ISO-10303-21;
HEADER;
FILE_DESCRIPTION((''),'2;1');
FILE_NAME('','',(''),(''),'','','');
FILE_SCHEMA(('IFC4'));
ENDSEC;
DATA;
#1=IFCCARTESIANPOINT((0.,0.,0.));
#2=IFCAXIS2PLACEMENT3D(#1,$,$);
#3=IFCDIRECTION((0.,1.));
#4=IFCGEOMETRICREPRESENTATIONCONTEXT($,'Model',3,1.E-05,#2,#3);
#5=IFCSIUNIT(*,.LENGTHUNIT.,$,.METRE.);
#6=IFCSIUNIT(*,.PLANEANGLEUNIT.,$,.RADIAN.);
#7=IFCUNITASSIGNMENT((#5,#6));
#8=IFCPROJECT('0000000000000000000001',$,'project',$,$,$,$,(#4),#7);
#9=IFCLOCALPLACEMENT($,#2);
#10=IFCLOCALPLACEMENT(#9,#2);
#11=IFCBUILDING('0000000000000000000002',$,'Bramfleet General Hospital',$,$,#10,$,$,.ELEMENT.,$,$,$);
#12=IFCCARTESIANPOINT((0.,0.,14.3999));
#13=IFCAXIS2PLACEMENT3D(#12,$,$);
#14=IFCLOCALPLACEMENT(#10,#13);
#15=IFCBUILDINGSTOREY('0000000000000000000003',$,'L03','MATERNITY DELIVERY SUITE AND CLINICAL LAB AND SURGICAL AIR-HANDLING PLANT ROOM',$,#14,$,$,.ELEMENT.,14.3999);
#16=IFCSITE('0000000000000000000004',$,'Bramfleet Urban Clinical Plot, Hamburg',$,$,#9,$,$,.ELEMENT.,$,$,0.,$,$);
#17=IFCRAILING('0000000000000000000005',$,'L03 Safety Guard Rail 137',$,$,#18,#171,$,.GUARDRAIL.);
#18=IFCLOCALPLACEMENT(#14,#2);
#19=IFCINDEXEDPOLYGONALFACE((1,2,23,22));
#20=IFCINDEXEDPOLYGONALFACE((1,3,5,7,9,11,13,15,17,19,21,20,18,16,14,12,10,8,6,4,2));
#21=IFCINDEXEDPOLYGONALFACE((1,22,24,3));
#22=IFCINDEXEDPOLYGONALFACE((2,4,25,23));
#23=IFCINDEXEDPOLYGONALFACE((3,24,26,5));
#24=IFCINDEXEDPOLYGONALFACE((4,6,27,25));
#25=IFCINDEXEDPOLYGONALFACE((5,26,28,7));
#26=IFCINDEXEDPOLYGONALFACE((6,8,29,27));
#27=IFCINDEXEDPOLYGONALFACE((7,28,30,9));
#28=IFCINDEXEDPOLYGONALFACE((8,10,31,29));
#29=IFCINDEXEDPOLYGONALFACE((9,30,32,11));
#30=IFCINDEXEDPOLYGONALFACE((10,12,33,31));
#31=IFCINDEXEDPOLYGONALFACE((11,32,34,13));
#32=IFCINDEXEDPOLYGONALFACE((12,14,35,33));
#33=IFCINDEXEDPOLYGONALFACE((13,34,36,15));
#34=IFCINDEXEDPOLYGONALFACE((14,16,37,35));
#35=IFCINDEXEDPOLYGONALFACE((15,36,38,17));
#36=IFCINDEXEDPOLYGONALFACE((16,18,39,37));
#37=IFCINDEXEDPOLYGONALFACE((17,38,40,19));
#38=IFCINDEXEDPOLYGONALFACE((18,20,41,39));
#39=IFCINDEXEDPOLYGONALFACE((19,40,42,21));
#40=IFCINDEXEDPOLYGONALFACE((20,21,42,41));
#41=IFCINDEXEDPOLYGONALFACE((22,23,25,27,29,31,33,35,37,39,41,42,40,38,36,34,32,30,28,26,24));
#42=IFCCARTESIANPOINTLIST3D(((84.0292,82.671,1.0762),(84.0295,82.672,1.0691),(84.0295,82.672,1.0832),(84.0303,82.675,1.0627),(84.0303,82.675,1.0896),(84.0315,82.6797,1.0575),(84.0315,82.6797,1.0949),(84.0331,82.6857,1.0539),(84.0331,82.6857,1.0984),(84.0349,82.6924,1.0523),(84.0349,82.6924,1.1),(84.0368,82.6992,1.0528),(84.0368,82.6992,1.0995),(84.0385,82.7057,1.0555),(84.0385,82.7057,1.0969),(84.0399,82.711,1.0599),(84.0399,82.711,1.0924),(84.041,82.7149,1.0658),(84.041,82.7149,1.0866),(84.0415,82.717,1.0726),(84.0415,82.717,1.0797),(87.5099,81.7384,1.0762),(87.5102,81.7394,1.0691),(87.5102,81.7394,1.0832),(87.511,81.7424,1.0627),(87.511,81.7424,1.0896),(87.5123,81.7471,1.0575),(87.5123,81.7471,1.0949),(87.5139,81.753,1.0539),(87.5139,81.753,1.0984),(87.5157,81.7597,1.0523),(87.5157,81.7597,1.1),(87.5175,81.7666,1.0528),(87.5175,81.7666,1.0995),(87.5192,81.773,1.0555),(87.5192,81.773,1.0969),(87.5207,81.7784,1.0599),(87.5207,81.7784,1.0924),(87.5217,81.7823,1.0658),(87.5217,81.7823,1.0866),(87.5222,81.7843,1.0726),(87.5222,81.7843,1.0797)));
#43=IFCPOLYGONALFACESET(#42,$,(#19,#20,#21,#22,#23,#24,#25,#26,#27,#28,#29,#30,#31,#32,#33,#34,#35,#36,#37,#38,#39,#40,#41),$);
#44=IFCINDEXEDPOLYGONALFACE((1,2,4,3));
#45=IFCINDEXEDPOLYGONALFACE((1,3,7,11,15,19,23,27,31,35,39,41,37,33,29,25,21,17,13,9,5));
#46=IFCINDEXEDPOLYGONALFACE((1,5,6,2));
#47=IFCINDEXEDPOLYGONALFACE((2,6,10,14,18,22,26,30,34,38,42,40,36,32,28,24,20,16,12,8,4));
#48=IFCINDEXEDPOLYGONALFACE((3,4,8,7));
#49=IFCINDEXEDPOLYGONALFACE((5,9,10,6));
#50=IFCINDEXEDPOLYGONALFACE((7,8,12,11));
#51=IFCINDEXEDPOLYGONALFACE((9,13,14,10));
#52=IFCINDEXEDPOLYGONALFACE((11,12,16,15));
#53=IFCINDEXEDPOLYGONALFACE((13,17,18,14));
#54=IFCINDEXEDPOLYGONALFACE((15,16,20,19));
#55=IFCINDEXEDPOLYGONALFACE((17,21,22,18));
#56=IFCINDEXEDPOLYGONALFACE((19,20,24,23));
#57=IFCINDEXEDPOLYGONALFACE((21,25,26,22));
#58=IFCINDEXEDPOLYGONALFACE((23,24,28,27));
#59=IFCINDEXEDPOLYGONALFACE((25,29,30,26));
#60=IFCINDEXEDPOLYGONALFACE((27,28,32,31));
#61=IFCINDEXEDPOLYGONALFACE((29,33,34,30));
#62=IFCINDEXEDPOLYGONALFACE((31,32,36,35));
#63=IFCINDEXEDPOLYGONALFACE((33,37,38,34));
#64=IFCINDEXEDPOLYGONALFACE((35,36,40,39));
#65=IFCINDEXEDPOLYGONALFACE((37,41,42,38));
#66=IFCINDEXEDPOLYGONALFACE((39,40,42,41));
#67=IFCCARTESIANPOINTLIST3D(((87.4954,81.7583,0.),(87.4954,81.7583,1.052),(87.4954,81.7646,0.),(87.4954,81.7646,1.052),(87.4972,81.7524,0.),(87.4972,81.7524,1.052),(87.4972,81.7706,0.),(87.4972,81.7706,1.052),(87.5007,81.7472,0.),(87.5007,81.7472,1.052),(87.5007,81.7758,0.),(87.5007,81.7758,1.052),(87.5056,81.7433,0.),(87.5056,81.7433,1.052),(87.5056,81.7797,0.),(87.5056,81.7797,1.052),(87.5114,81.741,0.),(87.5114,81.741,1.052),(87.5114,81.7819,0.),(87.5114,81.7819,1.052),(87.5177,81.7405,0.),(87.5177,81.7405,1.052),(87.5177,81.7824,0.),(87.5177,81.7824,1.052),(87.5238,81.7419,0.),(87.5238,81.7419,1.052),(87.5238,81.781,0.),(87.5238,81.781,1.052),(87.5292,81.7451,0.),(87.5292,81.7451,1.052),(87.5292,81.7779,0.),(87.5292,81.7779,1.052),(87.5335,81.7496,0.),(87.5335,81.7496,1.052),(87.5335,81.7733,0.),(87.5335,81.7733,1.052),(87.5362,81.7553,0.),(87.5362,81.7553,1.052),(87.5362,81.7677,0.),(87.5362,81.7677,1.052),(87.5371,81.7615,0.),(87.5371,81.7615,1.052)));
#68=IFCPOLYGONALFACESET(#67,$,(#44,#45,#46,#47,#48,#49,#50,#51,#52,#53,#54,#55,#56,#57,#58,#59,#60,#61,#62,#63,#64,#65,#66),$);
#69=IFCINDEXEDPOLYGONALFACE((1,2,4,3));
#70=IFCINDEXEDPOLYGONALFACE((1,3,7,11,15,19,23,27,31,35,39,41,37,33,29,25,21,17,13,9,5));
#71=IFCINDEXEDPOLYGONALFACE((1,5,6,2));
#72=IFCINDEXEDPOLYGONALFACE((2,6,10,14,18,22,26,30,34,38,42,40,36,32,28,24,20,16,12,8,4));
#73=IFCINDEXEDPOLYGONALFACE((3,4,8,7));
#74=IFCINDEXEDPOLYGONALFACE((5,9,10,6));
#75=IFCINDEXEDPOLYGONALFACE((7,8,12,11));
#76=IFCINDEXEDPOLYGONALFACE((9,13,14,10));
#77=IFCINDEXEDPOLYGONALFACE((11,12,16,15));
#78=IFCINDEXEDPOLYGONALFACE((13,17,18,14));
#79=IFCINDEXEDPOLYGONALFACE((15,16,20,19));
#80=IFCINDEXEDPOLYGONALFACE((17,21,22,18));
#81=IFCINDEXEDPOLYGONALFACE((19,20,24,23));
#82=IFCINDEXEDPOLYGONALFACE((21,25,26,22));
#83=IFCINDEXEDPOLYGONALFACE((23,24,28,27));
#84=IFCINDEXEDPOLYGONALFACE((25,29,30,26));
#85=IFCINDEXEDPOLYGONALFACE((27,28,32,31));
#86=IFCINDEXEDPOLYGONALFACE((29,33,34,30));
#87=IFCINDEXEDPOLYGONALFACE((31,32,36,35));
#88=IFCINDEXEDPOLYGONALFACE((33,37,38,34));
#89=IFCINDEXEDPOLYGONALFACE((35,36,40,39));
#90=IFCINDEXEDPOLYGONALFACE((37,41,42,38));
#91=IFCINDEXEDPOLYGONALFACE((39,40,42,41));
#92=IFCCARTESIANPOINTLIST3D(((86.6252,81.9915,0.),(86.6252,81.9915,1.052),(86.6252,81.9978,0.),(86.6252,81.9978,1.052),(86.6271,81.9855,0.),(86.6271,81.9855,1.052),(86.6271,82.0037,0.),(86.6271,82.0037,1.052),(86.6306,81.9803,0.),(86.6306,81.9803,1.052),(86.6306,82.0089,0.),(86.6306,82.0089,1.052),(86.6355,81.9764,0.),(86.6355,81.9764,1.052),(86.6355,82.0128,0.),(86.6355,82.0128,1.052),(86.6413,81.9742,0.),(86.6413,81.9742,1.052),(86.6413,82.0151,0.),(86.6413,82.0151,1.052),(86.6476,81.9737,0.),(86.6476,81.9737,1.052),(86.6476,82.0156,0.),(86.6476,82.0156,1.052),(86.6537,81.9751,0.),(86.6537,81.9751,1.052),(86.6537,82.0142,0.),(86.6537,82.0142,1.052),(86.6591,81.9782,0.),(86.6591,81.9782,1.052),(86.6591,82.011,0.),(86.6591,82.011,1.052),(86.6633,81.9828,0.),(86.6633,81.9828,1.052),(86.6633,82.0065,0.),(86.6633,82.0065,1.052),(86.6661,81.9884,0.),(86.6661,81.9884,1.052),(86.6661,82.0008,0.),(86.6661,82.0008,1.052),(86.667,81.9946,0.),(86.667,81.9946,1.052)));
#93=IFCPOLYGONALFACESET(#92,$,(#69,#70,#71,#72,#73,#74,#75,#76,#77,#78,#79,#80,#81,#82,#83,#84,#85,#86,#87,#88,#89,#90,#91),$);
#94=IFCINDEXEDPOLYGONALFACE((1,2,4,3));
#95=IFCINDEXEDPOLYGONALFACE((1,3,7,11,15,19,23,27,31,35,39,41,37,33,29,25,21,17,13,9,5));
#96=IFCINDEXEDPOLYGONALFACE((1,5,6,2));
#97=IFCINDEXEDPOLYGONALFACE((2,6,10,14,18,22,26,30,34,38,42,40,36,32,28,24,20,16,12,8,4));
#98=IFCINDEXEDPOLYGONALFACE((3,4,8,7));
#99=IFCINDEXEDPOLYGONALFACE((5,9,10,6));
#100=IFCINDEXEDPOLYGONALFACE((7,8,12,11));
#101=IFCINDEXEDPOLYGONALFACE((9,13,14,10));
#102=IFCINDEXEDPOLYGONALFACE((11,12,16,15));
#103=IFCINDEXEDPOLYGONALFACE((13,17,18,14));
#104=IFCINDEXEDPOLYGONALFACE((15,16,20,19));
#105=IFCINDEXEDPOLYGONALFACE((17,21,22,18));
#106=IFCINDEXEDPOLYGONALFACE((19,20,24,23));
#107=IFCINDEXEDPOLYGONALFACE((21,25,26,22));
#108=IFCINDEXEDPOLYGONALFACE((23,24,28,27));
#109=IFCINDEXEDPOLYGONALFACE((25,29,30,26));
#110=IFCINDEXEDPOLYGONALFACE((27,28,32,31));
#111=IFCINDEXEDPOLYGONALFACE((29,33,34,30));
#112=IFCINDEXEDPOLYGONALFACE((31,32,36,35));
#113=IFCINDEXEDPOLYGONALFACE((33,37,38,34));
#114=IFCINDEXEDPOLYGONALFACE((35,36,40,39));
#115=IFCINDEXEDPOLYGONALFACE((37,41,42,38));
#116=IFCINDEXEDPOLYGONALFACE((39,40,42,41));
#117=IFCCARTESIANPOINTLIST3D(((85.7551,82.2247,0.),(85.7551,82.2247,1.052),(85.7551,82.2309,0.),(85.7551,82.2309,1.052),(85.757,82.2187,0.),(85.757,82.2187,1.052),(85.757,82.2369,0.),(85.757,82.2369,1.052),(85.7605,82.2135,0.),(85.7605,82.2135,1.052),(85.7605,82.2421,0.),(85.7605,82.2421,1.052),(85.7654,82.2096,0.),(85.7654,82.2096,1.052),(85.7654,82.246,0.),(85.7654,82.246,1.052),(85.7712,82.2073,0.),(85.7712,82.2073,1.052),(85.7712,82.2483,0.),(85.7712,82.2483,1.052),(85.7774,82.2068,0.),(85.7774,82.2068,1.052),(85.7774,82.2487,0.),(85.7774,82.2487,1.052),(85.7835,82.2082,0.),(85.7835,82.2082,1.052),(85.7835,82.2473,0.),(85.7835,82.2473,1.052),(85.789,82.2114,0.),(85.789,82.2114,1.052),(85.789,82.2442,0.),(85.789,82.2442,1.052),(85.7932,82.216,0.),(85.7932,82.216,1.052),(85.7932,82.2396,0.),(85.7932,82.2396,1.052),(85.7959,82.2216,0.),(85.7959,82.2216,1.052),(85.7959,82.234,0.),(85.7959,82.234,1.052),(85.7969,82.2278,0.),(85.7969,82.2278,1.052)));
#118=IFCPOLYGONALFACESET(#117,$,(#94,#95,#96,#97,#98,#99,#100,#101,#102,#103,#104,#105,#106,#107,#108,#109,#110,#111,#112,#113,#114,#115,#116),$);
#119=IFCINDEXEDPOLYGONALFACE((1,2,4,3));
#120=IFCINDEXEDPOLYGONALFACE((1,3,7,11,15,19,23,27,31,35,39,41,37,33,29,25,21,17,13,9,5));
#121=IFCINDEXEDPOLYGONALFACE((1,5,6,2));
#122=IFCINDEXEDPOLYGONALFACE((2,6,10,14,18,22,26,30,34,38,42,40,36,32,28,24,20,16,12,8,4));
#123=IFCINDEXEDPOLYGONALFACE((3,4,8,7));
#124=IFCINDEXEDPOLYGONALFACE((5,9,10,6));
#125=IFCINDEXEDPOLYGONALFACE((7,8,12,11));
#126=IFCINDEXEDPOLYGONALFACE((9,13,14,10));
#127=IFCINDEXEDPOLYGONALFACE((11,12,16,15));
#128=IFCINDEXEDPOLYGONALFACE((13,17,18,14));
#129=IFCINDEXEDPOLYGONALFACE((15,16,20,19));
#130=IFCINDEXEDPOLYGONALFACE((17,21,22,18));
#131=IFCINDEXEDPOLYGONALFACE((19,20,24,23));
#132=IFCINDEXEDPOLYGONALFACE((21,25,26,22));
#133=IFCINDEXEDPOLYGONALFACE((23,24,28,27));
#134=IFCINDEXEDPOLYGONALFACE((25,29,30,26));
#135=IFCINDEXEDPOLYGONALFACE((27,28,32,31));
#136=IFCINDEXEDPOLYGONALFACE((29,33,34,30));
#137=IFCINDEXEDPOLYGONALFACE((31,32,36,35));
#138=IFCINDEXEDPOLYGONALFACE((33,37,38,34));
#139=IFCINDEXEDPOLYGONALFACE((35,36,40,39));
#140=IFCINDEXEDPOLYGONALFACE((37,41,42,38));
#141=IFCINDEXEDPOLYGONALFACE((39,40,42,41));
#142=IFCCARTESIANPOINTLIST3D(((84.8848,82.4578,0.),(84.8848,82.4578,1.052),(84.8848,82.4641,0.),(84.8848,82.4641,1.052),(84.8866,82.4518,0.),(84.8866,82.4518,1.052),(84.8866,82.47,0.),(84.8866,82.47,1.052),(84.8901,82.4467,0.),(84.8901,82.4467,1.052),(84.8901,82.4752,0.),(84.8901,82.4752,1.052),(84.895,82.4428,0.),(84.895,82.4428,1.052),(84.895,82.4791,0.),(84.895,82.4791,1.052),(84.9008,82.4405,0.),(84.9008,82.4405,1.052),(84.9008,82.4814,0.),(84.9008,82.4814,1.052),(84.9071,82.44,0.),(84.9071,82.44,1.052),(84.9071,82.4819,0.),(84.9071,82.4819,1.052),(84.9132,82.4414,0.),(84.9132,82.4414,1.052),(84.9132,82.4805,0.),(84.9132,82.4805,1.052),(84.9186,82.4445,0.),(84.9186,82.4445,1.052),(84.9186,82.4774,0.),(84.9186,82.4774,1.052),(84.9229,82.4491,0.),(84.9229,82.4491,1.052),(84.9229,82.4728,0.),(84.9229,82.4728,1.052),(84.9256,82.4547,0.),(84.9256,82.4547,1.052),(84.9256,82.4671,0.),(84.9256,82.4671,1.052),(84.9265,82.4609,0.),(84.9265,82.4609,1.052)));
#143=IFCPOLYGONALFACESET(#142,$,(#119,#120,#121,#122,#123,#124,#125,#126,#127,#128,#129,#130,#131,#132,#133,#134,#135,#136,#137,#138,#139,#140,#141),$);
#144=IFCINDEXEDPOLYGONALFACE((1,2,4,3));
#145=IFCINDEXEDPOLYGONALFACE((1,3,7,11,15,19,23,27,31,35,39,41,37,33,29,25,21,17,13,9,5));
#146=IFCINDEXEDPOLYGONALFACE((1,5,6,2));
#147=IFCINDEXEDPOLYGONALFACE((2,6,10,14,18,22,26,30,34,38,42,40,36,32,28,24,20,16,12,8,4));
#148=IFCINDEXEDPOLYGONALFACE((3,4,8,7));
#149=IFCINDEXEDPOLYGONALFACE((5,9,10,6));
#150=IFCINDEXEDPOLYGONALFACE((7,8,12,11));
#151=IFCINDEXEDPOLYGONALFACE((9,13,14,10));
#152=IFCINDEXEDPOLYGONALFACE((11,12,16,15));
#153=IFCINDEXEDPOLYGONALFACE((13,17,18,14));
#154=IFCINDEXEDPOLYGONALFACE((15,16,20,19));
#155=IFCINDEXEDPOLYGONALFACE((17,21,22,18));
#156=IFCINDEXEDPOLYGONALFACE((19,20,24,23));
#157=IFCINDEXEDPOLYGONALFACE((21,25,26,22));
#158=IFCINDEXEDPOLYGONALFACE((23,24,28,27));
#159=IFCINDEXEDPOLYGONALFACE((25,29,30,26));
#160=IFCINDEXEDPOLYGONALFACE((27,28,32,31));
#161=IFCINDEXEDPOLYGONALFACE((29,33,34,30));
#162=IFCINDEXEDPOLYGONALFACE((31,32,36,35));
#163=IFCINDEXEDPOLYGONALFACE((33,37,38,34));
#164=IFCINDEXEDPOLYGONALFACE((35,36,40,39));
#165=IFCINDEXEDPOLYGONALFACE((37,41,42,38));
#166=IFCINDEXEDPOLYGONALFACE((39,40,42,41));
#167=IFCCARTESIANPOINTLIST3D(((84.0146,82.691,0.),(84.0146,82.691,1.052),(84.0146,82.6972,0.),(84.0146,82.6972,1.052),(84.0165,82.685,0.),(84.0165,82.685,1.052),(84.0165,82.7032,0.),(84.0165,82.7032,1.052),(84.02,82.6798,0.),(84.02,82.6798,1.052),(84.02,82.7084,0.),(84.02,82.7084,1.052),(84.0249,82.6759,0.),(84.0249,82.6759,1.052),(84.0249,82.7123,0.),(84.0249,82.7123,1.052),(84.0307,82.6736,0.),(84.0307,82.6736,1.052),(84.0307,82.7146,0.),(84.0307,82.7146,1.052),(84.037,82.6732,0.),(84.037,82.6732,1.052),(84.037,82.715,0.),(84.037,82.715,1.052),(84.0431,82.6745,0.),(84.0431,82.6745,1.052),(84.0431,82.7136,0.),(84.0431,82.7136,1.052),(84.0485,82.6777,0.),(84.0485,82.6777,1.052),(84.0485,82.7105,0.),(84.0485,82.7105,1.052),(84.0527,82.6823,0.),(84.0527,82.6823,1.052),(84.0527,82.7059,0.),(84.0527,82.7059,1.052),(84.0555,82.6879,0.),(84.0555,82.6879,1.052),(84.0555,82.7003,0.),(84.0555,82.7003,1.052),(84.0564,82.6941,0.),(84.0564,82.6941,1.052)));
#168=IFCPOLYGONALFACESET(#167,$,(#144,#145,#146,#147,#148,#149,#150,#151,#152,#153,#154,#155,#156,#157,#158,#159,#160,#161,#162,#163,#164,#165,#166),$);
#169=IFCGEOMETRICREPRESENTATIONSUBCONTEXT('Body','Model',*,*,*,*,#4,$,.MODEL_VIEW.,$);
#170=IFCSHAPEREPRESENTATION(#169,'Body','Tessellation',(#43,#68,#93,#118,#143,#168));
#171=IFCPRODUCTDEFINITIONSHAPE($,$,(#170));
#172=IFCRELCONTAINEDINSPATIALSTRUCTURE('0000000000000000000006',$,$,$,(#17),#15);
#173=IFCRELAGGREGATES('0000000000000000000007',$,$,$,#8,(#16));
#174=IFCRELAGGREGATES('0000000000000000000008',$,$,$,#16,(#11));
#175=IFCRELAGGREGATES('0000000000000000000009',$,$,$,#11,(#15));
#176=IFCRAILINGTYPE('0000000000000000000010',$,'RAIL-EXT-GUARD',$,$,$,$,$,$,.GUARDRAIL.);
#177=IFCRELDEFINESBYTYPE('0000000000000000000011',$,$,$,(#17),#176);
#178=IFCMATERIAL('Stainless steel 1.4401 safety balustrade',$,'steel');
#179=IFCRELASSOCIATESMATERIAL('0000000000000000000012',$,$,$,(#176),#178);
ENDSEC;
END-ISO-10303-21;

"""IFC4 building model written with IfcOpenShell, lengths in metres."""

from ifc_helpers import new_model, si_unit, direction, frame, origin, origin_2d, place, context, subcontext, project, spatial, circle, extrude, material, type_object, element, save


model = new_model("IFC4")

# Units and contexts
model_context = context("Model", 3, precision=1e-05, world=origin(), true_north=direction((0.0, 1.0)))
body_context = subcontext(model_context, "Body", "Model", "MODEL_VIEW")
ifc_project = project(units=[si_unit("LENGTHUNIT", "METRE"), si_unit("PLANEANGLEUNIT", "RADIAN")], contexts=[model_context])

# Site, building, storey
site_placement = place(None, origin())
site = spatial("IfcSite", under=ifc_project, at=site_placement, Name="Bramfleet Urban Clinical Plot, Hamburg", CompositionType="ELEMENT", RefElevation=0.0)
building_placement = place(site_placement, origin())
building = spatial("IfcBuilding", under=site, at=building_placement, Name="Bramfleet General Hospital", CompositionType="ELEMENT")
storey_placement = place(building_placement, frame((0.0, 0.0, 14.3999)))
storey = spatial("IfcBuildingStorey", under=building, at=storey_placement, Name="L03", Description="MATERNITY DELIVERY SUITE AND CLINICAL LAB AND SURGICAL AIR-HANDLING PLANT ROOM", CompositionType="ELEMENT", Elevation=14.3999)

# Railing
ifc_material_1 = material(Name="Stainless steel 1.4401 safety balustrade", Category="steel")
railing_type = type_object("IfcRailingType", Name="RAIL-EXT-GUARD", PredefinedType="GUARDRAIL", material=ifc_material_1)
railing_placement = place(storey_placement, frame((87.5161, 81.7615, 0.0)))
element("IfcRailing", 1, at=railing_placement, inside=storey, type_object=railing_type, Name="L03 Safety Guard Rail 137", PredefinedType="GUARDRAIL", context=body_context, shape_type="SweptSolid", body=[
    extrude(circle(Radius=0.0239, at=origin_2d()), frame((0.0, 0.0, 1.0762), z_axis=(-0.965928, 0.258809, 0.0), x_axis=(-0.258809, -0.965928, 0.0)), (0.0, 0.0, 1.0), 3.6035),
    extrude(circle(Radius=0.021, at=origin_2d()), origin(), (0.0, 0.0, 1.0), 1.052),
    extrude(circle(Radius=0.021, at=origin_2d()), frame((-0.8701, 0.2332, 0.0)), (0.0, 0.0, 1.0), 1.052),
    extrude(circle(Radius=0.021, at=origin_2d()), frame((-1.7402, 0.4663, 0.0)), (0.0, 0.0, 1.0), 1.052),
    extrude(circle(Radius=0.021, at=origin_2d()), frame((-2.6106, 0.6995, 0.0)), (0.0, 0.0, 1.0), 1.052),
    extrude(circle(Radius=0.021, at=origin_2d()), frame((-3.4807, 0.9326, 0.0)), (0.0, 0.0, 1.0), 1.052),
])

save(model, "model.ifc")
